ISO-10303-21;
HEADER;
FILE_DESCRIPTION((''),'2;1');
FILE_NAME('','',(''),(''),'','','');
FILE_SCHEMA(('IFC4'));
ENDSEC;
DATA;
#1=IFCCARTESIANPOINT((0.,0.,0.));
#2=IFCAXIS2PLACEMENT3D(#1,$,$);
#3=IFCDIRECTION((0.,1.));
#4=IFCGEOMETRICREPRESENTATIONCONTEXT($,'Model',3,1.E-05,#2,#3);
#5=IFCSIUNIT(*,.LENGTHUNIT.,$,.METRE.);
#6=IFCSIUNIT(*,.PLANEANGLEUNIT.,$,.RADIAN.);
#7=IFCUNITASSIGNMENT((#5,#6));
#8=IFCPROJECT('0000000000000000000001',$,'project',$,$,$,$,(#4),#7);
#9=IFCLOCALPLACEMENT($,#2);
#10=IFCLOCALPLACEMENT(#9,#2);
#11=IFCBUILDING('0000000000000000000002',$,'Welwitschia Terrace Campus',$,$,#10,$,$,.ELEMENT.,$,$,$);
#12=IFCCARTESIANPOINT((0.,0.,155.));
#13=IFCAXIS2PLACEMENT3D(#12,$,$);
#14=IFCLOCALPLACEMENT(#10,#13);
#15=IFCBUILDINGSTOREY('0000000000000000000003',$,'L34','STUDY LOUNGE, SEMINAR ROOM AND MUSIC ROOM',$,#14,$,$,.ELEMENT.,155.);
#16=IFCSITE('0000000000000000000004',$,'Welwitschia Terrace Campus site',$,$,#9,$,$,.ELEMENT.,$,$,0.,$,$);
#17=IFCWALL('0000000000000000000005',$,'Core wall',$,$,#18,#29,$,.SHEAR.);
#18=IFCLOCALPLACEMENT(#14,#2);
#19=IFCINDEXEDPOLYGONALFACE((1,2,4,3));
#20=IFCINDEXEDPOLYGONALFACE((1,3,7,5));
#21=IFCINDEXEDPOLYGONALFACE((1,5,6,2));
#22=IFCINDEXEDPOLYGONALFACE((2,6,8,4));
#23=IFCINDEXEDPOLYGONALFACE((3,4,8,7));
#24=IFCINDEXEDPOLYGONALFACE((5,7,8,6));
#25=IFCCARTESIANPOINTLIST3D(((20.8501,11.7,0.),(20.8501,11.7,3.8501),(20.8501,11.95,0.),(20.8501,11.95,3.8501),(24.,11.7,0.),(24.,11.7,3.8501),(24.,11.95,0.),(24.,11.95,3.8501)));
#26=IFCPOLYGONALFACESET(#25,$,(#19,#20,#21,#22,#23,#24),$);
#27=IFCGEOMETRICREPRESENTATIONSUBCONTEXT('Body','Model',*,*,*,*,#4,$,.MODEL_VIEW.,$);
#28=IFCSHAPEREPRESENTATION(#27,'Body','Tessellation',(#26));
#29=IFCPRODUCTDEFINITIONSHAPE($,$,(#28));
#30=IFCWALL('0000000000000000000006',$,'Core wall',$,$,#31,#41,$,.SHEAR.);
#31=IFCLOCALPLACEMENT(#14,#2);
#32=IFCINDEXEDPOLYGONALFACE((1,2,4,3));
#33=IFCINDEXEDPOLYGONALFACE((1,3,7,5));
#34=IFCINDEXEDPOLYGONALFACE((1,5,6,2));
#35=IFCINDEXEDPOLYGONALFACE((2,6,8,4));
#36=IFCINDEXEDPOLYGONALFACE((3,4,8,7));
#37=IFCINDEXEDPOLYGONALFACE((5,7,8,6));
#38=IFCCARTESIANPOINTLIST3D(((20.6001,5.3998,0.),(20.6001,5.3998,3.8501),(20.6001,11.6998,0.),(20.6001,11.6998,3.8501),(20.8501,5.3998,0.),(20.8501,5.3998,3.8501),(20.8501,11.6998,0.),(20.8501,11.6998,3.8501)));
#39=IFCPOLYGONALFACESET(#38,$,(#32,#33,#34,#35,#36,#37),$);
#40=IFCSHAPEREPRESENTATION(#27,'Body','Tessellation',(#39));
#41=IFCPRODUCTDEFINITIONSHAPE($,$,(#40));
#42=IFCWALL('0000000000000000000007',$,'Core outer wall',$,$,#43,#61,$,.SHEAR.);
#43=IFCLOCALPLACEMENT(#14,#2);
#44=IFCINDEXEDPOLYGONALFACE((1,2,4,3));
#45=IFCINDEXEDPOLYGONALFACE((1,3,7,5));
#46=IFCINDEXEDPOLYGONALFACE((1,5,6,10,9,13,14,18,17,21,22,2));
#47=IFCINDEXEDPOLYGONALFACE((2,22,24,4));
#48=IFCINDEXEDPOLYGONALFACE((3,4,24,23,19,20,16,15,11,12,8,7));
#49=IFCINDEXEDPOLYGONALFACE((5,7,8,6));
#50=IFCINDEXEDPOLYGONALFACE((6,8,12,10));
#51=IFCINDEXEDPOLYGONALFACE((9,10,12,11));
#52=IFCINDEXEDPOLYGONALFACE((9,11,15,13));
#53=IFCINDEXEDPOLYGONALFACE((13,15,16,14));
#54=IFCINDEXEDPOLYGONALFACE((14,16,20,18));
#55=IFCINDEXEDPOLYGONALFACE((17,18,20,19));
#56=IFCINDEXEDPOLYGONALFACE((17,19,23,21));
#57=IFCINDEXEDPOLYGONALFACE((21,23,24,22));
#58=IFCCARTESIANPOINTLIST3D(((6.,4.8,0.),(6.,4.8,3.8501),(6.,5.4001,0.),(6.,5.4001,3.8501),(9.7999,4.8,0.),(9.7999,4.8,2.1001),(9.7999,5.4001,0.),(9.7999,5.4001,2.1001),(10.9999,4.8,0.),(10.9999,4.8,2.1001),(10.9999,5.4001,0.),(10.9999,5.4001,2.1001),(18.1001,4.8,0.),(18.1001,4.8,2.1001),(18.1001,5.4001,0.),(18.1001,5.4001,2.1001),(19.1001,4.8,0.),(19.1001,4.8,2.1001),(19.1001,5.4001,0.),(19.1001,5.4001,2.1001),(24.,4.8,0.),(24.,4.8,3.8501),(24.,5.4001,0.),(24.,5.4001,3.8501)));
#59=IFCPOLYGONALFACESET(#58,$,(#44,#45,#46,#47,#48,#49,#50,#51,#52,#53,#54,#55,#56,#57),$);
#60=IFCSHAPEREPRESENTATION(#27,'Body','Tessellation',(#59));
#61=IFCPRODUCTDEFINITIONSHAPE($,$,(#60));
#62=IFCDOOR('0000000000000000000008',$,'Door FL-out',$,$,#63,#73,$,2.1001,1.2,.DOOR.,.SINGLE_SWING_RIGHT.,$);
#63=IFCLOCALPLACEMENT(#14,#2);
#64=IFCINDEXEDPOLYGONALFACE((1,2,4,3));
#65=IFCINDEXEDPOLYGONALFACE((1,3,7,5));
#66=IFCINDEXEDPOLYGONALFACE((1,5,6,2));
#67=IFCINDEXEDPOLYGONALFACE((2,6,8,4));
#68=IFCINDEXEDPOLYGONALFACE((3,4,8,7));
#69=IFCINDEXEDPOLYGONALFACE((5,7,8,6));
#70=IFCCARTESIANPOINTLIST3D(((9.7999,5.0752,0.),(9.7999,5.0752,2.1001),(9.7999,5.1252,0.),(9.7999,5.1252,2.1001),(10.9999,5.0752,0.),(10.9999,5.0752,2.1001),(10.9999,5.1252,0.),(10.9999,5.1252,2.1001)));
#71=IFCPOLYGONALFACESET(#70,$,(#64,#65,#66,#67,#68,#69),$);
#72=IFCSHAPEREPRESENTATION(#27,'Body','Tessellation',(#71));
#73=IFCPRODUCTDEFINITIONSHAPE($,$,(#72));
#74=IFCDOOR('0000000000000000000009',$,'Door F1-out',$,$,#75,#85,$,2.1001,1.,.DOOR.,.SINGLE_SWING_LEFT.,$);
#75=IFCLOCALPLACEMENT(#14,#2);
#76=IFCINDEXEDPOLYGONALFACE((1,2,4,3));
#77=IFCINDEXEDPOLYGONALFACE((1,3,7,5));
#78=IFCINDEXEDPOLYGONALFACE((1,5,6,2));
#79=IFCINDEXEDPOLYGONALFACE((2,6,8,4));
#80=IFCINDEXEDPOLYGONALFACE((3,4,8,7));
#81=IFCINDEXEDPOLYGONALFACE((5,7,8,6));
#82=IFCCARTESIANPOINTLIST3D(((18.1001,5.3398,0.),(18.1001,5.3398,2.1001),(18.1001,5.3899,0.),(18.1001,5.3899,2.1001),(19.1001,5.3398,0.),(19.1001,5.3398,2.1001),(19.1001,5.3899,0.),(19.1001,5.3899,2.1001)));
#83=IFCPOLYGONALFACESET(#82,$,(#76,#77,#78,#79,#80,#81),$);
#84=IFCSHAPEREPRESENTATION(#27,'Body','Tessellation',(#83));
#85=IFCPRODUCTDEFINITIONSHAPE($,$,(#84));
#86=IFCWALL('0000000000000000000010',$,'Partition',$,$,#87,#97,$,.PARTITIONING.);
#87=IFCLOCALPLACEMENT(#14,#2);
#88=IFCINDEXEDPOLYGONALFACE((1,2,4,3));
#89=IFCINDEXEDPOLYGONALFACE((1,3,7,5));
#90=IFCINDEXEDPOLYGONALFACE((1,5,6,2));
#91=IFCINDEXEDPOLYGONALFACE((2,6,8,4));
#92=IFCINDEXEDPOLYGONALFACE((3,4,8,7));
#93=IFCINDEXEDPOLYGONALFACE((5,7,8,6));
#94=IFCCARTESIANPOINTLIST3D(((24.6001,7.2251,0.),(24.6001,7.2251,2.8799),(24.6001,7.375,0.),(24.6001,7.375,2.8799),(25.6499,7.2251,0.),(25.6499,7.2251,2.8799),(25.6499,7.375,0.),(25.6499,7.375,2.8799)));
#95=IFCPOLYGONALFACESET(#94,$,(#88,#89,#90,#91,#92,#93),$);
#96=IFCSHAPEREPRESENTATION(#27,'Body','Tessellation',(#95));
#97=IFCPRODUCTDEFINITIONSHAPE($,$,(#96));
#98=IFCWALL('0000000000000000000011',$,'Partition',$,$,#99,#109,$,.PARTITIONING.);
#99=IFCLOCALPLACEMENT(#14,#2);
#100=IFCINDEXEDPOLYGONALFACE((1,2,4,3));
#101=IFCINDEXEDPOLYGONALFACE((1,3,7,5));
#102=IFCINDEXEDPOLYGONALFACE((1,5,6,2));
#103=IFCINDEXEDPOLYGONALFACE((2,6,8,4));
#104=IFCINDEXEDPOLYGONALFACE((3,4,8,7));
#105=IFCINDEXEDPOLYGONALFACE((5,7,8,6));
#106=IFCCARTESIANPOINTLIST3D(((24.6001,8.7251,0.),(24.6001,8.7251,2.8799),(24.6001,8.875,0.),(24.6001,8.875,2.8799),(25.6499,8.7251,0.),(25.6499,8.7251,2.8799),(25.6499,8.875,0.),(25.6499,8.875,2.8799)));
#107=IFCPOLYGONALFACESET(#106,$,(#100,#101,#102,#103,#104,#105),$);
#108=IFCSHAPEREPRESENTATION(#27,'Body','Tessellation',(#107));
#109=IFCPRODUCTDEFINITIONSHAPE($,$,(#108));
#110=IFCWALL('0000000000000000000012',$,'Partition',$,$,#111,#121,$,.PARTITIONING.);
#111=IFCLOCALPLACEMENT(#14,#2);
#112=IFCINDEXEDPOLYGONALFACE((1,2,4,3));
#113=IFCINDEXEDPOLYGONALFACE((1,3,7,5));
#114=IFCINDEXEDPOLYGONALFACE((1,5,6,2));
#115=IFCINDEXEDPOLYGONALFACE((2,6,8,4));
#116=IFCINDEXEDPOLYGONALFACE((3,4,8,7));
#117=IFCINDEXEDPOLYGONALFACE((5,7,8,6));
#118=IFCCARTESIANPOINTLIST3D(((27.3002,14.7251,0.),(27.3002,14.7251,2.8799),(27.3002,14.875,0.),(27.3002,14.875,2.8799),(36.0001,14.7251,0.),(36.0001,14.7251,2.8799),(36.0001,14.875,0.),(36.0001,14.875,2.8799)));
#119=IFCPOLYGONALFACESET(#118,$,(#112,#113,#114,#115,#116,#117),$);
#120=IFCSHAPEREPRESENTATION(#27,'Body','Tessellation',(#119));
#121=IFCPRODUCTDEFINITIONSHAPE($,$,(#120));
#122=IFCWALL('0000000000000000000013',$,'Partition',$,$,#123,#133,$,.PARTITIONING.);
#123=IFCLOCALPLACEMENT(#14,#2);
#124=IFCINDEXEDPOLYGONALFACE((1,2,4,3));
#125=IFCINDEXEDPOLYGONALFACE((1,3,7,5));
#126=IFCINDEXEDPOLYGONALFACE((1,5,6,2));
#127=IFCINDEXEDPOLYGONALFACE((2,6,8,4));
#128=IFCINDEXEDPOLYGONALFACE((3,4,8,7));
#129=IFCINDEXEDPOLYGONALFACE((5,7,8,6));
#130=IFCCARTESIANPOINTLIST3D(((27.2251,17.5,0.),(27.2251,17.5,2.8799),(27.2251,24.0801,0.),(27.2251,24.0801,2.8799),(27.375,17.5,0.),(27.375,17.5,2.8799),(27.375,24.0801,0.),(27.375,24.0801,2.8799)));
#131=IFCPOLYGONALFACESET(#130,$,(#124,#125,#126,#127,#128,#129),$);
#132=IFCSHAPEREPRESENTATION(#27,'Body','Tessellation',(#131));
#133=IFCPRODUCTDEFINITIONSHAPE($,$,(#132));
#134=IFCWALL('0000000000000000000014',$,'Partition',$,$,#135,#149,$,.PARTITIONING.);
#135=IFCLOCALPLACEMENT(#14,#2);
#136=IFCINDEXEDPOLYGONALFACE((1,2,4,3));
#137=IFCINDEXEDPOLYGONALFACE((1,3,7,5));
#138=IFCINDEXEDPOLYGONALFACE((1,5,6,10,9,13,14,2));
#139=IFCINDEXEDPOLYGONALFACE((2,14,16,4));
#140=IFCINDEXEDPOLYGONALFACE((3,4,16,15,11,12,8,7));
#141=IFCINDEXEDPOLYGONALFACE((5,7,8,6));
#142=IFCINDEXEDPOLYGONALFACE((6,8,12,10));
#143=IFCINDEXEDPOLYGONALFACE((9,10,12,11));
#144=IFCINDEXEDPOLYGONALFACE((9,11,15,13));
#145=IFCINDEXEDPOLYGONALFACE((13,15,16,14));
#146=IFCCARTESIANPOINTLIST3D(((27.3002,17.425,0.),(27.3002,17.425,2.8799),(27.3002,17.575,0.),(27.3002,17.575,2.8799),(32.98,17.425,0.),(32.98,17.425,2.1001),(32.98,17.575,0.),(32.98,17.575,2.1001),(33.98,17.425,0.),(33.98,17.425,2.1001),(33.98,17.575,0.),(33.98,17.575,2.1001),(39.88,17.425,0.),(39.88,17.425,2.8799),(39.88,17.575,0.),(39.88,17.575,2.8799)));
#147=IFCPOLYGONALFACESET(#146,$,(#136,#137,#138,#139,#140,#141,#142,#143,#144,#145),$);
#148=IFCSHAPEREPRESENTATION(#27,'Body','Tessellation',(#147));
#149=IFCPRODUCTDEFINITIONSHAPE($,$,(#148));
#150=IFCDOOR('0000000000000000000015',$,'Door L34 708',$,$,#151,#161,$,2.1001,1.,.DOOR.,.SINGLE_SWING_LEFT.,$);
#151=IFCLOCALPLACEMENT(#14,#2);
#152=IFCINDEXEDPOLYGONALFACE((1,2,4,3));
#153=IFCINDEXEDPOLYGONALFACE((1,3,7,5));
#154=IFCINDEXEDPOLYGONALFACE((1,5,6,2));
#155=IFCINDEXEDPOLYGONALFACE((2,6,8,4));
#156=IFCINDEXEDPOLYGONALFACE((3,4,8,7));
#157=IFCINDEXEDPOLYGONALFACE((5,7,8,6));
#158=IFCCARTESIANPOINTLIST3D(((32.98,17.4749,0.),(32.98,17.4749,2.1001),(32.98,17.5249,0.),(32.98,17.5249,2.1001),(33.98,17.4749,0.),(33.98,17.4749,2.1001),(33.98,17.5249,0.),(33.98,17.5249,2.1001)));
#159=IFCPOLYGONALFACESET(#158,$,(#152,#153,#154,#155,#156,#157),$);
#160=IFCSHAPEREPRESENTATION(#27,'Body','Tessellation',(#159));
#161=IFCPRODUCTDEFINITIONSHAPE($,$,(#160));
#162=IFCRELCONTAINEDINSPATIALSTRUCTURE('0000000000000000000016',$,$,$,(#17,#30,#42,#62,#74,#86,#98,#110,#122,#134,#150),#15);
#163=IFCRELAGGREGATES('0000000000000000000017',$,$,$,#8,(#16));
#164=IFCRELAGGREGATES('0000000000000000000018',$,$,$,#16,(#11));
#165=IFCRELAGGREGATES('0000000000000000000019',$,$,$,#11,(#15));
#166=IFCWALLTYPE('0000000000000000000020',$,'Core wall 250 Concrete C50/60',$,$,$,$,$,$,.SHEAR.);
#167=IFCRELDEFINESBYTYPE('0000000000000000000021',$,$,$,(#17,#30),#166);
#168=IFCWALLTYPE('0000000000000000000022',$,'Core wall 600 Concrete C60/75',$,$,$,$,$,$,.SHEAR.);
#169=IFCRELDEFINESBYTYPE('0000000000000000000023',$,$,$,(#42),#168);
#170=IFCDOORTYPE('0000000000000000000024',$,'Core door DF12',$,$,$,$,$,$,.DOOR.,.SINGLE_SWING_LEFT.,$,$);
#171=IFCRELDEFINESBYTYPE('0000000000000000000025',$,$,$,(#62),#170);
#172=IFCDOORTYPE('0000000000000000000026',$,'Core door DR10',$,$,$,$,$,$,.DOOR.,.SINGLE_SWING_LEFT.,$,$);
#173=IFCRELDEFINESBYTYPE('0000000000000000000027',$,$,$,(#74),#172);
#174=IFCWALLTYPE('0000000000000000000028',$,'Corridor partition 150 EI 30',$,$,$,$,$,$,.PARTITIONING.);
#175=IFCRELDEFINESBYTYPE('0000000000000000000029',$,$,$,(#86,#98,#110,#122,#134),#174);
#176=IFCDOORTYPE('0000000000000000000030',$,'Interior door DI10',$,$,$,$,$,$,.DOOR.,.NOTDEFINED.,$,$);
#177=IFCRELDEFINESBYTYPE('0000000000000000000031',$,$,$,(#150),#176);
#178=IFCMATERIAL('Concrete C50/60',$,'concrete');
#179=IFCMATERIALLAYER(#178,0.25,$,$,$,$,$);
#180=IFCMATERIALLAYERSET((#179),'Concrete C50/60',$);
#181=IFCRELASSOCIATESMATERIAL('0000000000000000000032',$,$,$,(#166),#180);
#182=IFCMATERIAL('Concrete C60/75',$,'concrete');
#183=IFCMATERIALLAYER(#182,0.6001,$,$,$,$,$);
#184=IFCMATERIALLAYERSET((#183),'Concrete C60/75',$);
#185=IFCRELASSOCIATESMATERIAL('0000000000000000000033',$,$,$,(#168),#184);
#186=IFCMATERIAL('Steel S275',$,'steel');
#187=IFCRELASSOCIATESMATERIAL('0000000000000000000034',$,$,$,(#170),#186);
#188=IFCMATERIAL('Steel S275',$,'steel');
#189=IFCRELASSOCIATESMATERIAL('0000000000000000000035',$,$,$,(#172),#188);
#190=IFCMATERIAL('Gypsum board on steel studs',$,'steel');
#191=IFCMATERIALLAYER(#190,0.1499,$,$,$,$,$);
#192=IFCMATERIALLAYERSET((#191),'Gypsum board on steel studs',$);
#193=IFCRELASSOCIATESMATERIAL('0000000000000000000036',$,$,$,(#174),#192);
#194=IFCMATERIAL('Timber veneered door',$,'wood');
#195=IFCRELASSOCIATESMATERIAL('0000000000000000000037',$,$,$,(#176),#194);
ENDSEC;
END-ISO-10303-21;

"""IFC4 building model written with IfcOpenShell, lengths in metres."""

from ifc_helpers import new_model, si_unit, direction, frame, frame_2d, origin, place, context, subcontext, project, spatial, rectangle, extrude, material, layer, layer_set, type_object, element, fill, save


model = new_model("IFC4")

# Units and contexts
model_context = context("Model", 3, precision=1e-05, world=origin(), true_north=direction((0.0, 1.0)))
body_context = subcontext(model_context, "Body", "Model", "MODEL_VIEW")
ifc_project = project(units=[si_unit("LENGTHUNIT", "METRE"), si_unit("PLANEANGLEUNIT", "RADIAN")], contexts=[model_context])

# Site, building, storey
site_placement = place(None, origin())
site = spatial("IfcSite", under=ifc_project, at=site_placement, Name="Welwitschia Terrace Campus site", CompositionType="ELEMENT", RefElevation=0.0)
building_placement = place(site_placement, origin())
building = spatial("IfcBuilding", under=site, at=building_placement, Name="Welwitschia Terrace Campus", CompositionType="ELEMENT")
storey_placement = place(building_placement, frame((0.0, 0.0, 155.0)))
storey = spatial("IfcBuildingStorey", under=building, at=storey_placement, Name="L34", Description="STUDY LOUNGE, SEMINAR ROOM AND MUSIC ROOM", CompositionType="ELEMENT", Elevation=155.0)

# Walls
ifc_material_1 = material(Name="Concrete C50/60", Category="concrete")
ifc_layer_1 = layer(ifc_material_1, 0.25)
ifc_layer_set_1 = layer_set([ifc_layer_1], Name="Concrete C50/60")
wall_type_1 = type_object("IfcWallType", Name="Core wall 250 Concrete C50/60", PredefinedType="SHEAR", material=ifc_layer_set_1)
wall_1_placement = place(storey_placement, frame((20.8501, 11.825, 0.0), z_axis=(0.0, 0.0, 1.0), x_axis=(1.0, 0.0, 0.0)))
element("IfcWall", 1, at=wall_1_placement, inside=storey, type_object=wall_type_1, Name="Core wall", PredefinedType="SHEAR", context=body_context, shape_type="SweptSolid", body=[
    extrude(rectangle(XDim=3.1499, YDim=0.25, at=frame_2d((1.575, 0.0))), origin(), (0.0, 0.0, 1.0), 3.8501),
])
wall_2_placement = place(storey_placement, frame((20.7251, 5.3999, 0.0), z_axis=(0.0, 0.0, 1.0), x_axis=(0.0, 1.0, 0.0)))
element("IfcWall", 2, at=wall_2_placement, inside=storey, type_object=wall_type_1, Name="Core wall", PredefinedType="SHEAR", context=body_context, shape_type="SweptSolid", body=[
    extrude(rectangle(XDim=6.3, YDim=0.25, at=frame_2d((3.1499, 0.0))), origin(), (0.0, 0.0, 1.0), 3.8501),
])

# Wall, openings, doors
ifc_material_2 = material(Name="Concrete C60/75", Category="concrete")
ifc_layer_2 = layer(ifc_material_2, 0.6001)
ifc_layer_set_2 = layer_set([ifc_layer_2], Name="Concrete C60/75")
wall_type_2 = type_object("IfcWallType", Name="Core wall 600 Concrete C60/75", PredefinedType="SHEAR", material=ifc_layer_set_2)
wall_3_placement = place(storey_placement, frame((24.0, 5.1001, 0.0), z_axis=(0.0, 0.0, 1.0), x_axis=(-1.0, 0.0, 0.0)))
wall_3 = element("IfcWall", 3, at=wall_3_placement, inside=storey, type_object=wall_type_2, Name="Core outer wall", PredefinedType="SHEAR", context=body_context, shape_type="SweptSolid", body=[
    extrude(rectangle(XDim=18.0, YDim=0.6001, at=frame_2d((9.0, 0.0))), origin(), (0.0, 0.0, 1.0), 3.8501),
])
opening_1_placement = place(wall_3_placement, frame((13.0, 0.0, 0.0)))
opening_1 = element("IfcOpeningElement", 4, at=opening_1_placement, cuts=wall_3, PredefinedType="OPENING", context=body_context, shape_type="SweptSolid", body=[
    extrude(rectangle(XDim=1.2, YDim=2.1001, at=frame_2d((0.6001, 1.05))), frame((0.0, 0.3101, 0.0), z_axis=(0.0, -1.0, 0.0), x_axis=(1.0, 0.0, 0.0)), (0.0, 0.0, 1.0), 0.6201),
])
opening_2_placement = place(wall_3_placement, frame((4.8999, 0.0, 0.0)))
opening_2 = element("IfcOpeningElement", 5, at=opening_2_placement, cuts=wall_3, PredefinedType="OPENING", context=body_context, shape_type="SweptSolid", body=[
    extrude(rectangle(XDim=1.0, YDim=2.1001, at=frame_2d((0.5, 1.05))), frame((0.0, 0.3101, 0.0), z_axis=(0.0, -1.0, 0.0), x_axis=(1.0, 0.0, 0.0)), (0.0, 0.0, 1.0), 0.6201),
])
ifc_material_3 = material(Name="Steel S275", Category="steel")
door_type_1 = type_object("IfcDoorType", Name="Core door DF12", OperationType="SINGLE_SWING_LEFT", PredefinedType="DOOR", material=ifc_material_3)
door_1_placement = place(opening_1_placement, origin())
door_1 = element("IfcDoor", 6, at=door_1_placement, inside=storey, type_object=door_type_1, Name="Door FL-out", OperationType="SINGLE_SWING_RIGHT", OverallHeight=2.1001, OverallWidth=1.2, PredefinedType="DOOR", context=body_context, shape_type="SweptSolid", body=[
    extrude(rectangle(XDim=1.2, YDim=2.1001, at=frame_2d((0.6001, 1.05))), frame((0.0, 0.0249, 0.0), z_axis=(0.0, -1.0, 0.0), x_axis=(1.0, 0.0, 0.0)), (0.0, 0.0, 1.0), 0.05),
])
fill(opening_1, door_1)
ifc_material_4 = material(Name="Steel S275", Category="steel")
door_type_2 = type_object("IfcDoorType", Name="Core door DR10", OperationType="SINGLE_SWING_LEFT", PredefinedType="DOOR", material=ifc_material_4)
door_2_placement = place(opening_2_placement, origin())
door_2 = element("IfcDoor", 7, at=door_2_placement, inside=storey, type_object=door_type_2, Name="Door F1-out", OperationType="SINGLE_SWING_LEFT", OverallHeight=2.1001, OverallWidth=1.0, PredefinedType="DOOR", context=body_context, shape_type="SweptSolid", body=[
    extrude(rectangle(XDim=1.0, YDim=2.1001, at=frame_2d((0.5, 1.05))), frame((0.0, -0.2397, 0.0), z_axis=(0.0, -1.0, 0.0), x_axis=(1.0, 0.0, 0.0)), (0.0, 0.0, 1.0), 0.05),
])
fill(opening_2, door_2)

# Walls
ifc_material_5 = material(Name="Gypsum board on steel studs", Category="steel")
ifc_layer_3 = layer(ifc_material_5, 0.1499)
ifc_layer_set_3 = layer_set([ifc_layer_3], Name="Gypsum board on steel studs")
wall_type_3 = type_object("IfcWallType", Name="Corridor partition 150 EI 30", PredefinedType="PARTITIONING", material=ifc_layer_set_3)
for number, where, z_axis, x_axis, name in (
    (8, (24.6001, 7.3, 0.0), (0.0, 0.0, 1.0), (1.0, 0.0, 0.0), "Partition"),
    (9, (24.6001, 8.8, 0.0), (0.0, 0.0, 1.0), (1.0, 0.0, 0.0), "Partition"),
):
    element("IfcWall", number, at=place(storey_placement, frame(where, z_axis=z_axis, x_axis=x_axis)), inside=storey, type_object=wall_type_3, Name=name, PredefinedType="PARTITIONING", context=body_context, shape_type="SweptSolid", body=[
        extrude(rectangle(XDim=1.0498, YDim=0.1499, at=frame_2d((0.5249, 0.0))), origin(), (0.0, 0.0, 1.0), 2.8799),
    ])
wall_4_placement = place(storey_placement, frame((27.3, 14.8, 0.0), z_axis=(0.0, 0.0, 1.0), x_axis=(1.0, 0.0, 0.0)))
element("IfcWall", 10, at=wall_4_placement, inside=storey, type_object=wall_type_3, Name="Partition", PredefinedType="PARTITIONING", context=body_context, shape_type="SweptSolid", body=[
    extrude(rectangle(XDim=8.7, YDim=0.1499, at=frame_2d((4.3501, 0.0))), origin(), (0.0, 0.0, 1.0), 2.8799),
])
wall_5_placement = place(storey_placement, frame((27.3, 17.5, 0.0), z_axis=(0.0, 0.0, 1.0), x_axis=(0.0, 1.0, 0.0)))
element("IfcWall", 11, at=wall_5_placement, inside=storey, type_object=wall_type_3, Name="Partition", PredefinedType="PARTITIONING", context=body_context, shape_type="SweptSolid", body=[
    extrude(rectangle(XDim=6.5801, YDim=0.1499, at=frame_2d((3.29, 0.0))), origin(), (0.0, 0.0, 1.0), 2.8799),
])

# Wall, opening, door
wall_6_placement = place(storey_placement, frame((27.3, 17.5, 0.0), z_axis=(0.0, 0.0, 1.0), x_axis=(1.0, 0.0, 0.0)))
wall_6 = element("IfcWall", 12, at=wall_6_placement, inside=storey, type_object=wall_type_3, Name="Partition", PredefinedType="PARTITIONING", context=body_context, shape_type="SweptSolid", body=[
    extrude(rectangle(XDim=12.5798, YDim=0.1499, at=frame_2d((6.29, 0.0))), origin(), (0.0, 0.0, 1.0), 2.8799),
])
opening_3_placement = place(wall_6_placement, frame((5.6799, 0.0, 0.0)))
opening_3 = element("IfcOpeningElement", 13, at=opening_3_placement, cuts=wall_6, PredefinedType="OPENING", context=body_context, shape_type="SweptSolid", body=[
    extrude(rectangle(XDim=1.0, YDim=2.1001, at=frame_2d((0.5, 1.05))), frame((0.0, 0.085, 0.0), z_axis=(0.0, -1.0, 0.0), x_axis=(1.0, 0.0, 0.0)), (0.0, 0.0, 1.0), 0.1699),
])
ifc_material_6 = material(Name="Timber veneered door", Category="wood")
door_type_3 = type_object("IfcDoorType", Name="Interior door DI10", OperationType="NOTDEFINED", PredefinedType="DOOR", material=ifc_material_6)
door_3_placement = place(opening_3_placement, origin())
door_3 = element("IfcDoor", 14, at=door_3_placement, inside=storey, type_object=door_type_3, Name="Door L34 708", OperationType="SINGLE_SWING_LEFT", OverallHeight=2.1001, OverallWidth=1.0, PredefinedType="DOOR", context=body_context, shape_type="SweptSolid", body=[
    extrude(rectangle(XDim=1.0, YDim=2.1001, at=frame_2d((0.5, 1.05))), frame((0.0, 0.0249, 0.0), z_axis=(0.0, -1.0, 0.0), x_axis=(1.0, 0.0, 0.0)), (0.0, 0.0, 1.0), 0.05),
])
fill(opening_3, door_3)

save(model, "model.ifc")
